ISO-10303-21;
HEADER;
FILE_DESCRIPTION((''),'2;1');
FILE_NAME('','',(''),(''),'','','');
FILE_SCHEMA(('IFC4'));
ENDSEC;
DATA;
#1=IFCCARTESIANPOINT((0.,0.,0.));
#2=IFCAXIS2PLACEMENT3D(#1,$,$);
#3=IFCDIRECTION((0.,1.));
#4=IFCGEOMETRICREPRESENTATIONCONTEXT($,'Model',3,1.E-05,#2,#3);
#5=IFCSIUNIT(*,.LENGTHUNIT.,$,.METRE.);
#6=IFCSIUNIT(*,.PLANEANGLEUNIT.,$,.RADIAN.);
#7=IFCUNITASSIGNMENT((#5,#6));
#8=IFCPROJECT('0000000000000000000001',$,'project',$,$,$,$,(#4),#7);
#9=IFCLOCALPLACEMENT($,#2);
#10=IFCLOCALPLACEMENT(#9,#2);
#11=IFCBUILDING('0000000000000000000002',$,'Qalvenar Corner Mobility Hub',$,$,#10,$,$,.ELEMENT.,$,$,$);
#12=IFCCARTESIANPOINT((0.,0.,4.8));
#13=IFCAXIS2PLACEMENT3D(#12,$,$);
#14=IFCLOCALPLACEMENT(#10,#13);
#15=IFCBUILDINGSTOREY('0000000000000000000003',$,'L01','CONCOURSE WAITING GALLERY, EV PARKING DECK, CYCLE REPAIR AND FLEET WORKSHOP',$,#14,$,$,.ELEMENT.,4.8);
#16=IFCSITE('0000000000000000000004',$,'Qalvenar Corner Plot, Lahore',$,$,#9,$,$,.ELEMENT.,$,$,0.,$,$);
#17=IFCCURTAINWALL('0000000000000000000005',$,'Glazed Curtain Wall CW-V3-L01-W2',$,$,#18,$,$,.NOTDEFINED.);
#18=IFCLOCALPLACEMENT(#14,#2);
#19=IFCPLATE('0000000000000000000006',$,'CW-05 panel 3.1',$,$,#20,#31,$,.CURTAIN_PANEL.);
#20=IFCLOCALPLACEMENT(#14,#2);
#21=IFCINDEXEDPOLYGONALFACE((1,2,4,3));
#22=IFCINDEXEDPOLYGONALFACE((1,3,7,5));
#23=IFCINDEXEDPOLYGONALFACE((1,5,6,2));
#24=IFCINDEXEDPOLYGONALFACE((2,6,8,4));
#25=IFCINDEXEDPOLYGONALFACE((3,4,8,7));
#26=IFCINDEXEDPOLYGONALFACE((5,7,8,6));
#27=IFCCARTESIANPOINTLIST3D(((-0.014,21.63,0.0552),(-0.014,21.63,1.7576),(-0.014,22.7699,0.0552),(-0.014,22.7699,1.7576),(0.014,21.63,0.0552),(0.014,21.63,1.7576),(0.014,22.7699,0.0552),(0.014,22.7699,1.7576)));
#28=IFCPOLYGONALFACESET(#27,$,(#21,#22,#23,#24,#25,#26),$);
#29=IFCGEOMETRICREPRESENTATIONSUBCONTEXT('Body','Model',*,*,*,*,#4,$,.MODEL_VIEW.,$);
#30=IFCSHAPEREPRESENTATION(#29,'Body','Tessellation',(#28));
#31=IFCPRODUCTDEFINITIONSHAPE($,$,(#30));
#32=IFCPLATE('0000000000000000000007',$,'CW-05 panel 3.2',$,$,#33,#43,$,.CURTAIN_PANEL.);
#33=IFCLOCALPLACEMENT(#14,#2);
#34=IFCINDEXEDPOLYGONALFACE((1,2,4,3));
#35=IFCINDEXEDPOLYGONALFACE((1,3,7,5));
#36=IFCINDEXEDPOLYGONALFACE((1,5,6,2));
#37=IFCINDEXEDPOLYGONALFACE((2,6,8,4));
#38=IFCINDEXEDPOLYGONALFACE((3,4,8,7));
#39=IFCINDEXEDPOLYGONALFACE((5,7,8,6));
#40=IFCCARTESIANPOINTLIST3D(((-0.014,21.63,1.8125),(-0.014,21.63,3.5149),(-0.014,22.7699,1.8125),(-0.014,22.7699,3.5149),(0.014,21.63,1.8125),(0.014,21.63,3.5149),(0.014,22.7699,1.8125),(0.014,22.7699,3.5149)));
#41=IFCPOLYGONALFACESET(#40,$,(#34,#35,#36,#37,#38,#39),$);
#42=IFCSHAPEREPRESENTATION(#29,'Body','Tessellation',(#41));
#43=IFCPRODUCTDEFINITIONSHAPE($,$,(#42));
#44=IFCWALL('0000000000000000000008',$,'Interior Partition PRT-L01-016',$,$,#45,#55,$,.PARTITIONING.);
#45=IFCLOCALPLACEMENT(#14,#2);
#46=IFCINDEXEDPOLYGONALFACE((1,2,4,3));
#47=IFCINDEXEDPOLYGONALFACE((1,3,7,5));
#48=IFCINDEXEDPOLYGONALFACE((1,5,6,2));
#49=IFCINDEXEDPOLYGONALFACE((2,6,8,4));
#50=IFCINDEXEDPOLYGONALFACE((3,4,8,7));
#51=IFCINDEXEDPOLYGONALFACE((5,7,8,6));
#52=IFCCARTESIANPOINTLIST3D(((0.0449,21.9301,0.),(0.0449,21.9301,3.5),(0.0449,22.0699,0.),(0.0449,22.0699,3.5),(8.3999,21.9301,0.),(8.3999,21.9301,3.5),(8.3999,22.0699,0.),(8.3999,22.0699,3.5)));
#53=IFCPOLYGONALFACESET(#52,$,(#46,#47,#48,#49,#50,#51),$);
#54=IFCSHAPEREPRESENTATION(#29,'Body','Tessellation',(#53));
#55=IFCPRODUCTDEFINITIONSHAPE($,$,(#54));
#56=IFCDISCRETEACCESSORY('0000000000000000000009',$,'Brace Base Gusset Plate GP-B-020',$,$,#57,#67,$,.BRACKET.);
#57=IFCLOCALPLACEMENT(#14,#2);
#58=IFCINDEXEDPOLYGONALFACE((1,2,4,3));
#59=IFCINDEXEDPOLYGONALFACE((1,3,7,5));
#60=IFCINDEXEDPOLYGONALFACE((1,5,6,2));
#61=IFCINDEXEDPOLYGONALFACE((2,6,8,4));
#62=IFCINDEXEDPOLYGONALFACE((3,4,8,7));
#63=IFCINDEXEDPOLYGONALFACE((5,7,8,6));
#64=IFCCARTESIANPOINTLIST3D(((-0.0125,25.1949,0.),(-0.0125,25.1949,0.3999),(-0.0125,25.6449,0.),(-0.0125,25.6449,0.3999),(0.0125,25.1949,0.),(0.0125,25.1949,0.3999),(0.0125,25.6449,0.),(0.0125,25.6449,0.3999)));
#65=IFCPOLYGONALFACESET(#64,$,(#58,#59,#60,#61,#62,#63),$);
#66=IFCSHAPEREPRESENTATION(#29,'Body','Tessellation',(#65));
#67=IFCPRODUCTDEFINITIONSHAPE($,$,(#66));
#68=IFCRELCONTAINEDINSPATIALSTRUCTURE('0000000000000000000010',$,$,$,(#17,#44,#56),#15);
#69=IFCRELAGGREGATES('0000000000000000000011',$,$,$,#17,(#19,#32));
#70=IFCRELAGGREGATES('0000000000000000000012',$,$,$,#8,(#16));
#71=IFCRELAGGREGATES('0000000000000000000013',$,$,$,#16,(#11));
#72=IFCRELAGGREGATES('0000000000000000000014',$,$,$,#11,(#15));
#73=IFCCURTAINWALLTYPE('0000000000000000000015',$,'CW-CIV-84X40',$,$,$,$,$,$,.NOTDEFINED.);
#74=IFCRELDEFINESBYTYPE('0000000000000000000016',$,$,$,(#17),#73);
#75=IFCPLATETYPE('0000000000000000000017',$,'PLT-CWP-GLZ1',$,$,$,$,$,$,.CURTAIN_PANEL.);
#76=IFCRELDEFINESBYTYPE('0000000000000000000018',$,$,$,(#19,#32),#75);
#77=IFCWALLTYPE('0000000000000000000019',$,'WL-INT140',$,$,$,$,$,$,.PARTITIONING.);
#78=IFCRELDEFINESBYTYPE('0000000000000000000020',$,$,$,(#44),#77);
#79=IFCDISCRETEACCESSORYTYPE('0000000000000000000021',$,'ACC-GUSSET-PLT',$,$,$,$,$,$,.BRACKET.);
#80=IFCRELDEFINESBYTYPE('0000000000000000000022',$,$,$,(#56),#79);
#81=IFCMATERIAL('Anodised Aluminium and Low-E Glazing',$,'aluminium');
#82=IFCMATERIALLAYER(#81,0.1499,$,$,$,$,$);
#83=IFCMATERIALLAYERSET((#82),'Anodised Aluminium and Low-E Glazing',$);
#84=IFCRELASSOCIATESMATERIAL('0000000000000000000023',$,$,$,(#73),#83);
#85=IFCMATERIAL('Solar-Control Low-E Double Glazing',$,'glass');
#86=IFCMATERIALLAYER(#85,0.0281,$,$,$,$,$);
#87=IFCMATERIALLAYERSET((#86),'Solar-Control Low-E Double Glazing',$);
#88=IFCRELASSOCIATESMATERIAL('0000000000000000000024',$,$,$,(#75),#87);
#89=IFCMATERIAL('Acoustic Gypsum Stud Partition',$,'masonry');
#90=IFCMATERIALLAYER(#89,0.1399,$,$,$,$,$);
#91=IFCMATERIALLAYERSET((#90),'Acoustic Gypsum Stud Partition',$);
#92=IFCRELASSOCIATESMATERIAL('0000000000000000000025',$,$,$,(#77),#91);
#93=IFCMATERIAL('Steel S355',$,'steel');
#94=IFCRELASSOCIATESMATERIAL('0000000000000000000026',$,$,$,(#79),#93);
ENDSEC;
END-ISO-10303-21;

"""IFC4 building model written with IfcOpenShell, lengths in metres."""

from ifc_helpers import new_model, si_unit, direction, frame, frame_2d, origin, origin_2d, place, context, subcontext, project, spatial, rectangle, extrude, material, layer, layer_set, type_object, element, aggregate, save


model = new_model("IFC4")

# Units and contexts
model_context = context("Model", 3, precision=1e-05, world=origin(), true_north=direction((0.0, 1.0)))
body_context = subcontext(model_context, "Body", "Model", "MODEL_VIEW")
ifc_project = project(units=[si_unit("LENGTHUNIT", "METRE"), si_unit("PLANEANGLEUNIT", "RADIAN")], contexts=[model_context])

# Site, building, storey
site_placement = place(None, origin())
site = spatial("IfcSite", under=ifc_project, at=site_placement, Name="Qalvenar Corner Plot, Lahore", CompositionType="ELEMENT", RefElevation=0.0)
building_placement = place(site_placement, origin())
building = spatial("IfcBuilding", under=site, at=building_placement, Name="Qalvenar Corner Mobility Hub", CompositionType="ELEMENT")
storey_placement = place(building_placement, frame((0.0, 0.0, 4.8)))
storey = spatial("IfcBuildingStorey", under=building, at=storey_placement, Name="L01", Description="CONCOURSE WAITING GALLERY, EV PARKING DECK, CYCLE REPAIR AND FLEET WORKSHOP", CompositionType="ELEMENT", Elevation=4.8)

# Shared definitions
ifc_material_1 = material(Name="Steel S355", Category="steel")

# Curtain wall, plates
ifc_material_2 = material(Name="Anodised Aluminium and Low-E Glazing", Category="aluminium")
ifc_layer_1 = layer(ifc_material_2, 0.1499)
ifc_layer_set_1 = layer_set([ifc_layer_1], Name="Anodised Aluminium and Low-E Glazing")
curtain_wall_type = type_object("IfcCurtainWallType", Name="CW-CIV-84X40", PredefinedType="NOTDEFINED", material=ifc_layer_set_1)
curtain_wall_placement = place(storey_placement, origin())
curtain_wall = element("IfcCurtainWall", 1, at=curtain_wall_placement, inside=storey, type_object=curtain_wall_type, Name="Glazed Curtain Wall CW-V3-L01-W2", PredefinedType="NOTDEFINED")
ifc_material_3 = material(Name="Solar-Control Low-E Double Glazing", Category="glass")
ifc_layer_2 = layer(ifc_material_3, 0.0281)
ifc_layer_set_2 = layer_set([ifc_layer_2], Name="Solar-Control Low-E Double Glazing")
plate_type = type_object("IfcPlateType", Name="PLT-CWP-GLZ1", PredefinedType="CURTAIN_PANEL", material=ifc_layer_set_2)
plate_1_placement = place(storey_placement, frame((0.0, 22.2, 0.0552), z_axis=(0.0, 0.0, 1.0), x_axis=(0.0, -1.0, 0.0)))
plate_1 = element("IfcPlate", 2, at=plate_1_placement, type_object=plate_type, Name="CW-05 panel 3.1", PredefinedType="CURTAIN_PANEL", context=body_context, shape_type="SweptSolid", body=[
    extrude(rectangle(XDim=1.1399, YDim=0.0281, at=origin_2d()), origin(), (0.0, 0.0, 1.0), 1.7024),
])
plate_2_placement = place(storey_placement, frame((0.0, 22.2, 1.8125), z_axis=(0.0, 0.0, 1.0), x_axis=(0.0, -1.0, 0.0)))
plate_2 = element("IfcPlate", 3, at=plate_2_placement, type_object=plate_type, Name="CW-05 panel 3.2", PredefinedType="CURTAIN_PANEL", context=body_context, shape_type="SweptSolid", body=[
    extrude(rectangle(XDim=1.1399, YDim=0.0281, at=origin_2d()), origin(), (0.0, 0.0, 1.0), 1.7024),
])
aggregate(curtain_wall, [plate_1, plate_2])

# Wall
ifc_material_4 = material(Name="Acoustic Gypsum Stud Partition", Category="masonry")
ifc_layer_3 = layer(ifc_material_4, 0.1399)
ifc_layer_set_3 = layer_set([ifc_layer_3], Name="Acoustic Gypsum Stud Partition")
wall_type = type_object("IfcWallType", Name="WL-INT140", PredefinedType="PARTITIONING", material=ifc_layer_set_3)
wall_placement = place(storey_placement, frame((0.0449, 22.0, 0.0), z_axis=(0.0, 0.0, 1.0), x_axis=(1.0, 0.0, 0.0)))
element("IfcWall", 4, at=wall_placement, inside=storey, type_object=wall_type, Name="Interior Partition PRT-L01-016", PredefinedType="PARTITIONING", context=body_context, shape_type="SweptSolid", body=[
    extrude(rectangle(XDim=8.355, YDim=0.1399, at=frame_2d((4.1775, 0.0))), origin(), (0.0, 0.0, 1.0), 3.5),
])

# Discrete accessory
discrete_accessory_type = type_object("IfcDiscreteAccessoryType", Name="ACC-GUSSET-PLT", PredefinedType="BRACKET", material=ifc_material_1)
discrete_accessory_placement = place(storey_placement, frame((0.0, 25.4199, 0.0), z_axis=(0.0, 0.0, 1.0), x_axis=(0.0, 1.0, 0.0)))
element("IfcDiscreteAccessory", 5, at=discrete_accessory_placement, inside=storey, type_object=discrete_accessory_type, Name="Brace Base Gusset Plate GP-B-020", PredefinedType="BRACKET", context=body_context, shape_type="SweptSolid", body=[
    extrude(rectangle(XDim=0.45, YDim=0.0249, at=origin_2d()), origin(), (0.0, 0.0, 1.0), 0.3999),
])

save(model, "model.ifc")
